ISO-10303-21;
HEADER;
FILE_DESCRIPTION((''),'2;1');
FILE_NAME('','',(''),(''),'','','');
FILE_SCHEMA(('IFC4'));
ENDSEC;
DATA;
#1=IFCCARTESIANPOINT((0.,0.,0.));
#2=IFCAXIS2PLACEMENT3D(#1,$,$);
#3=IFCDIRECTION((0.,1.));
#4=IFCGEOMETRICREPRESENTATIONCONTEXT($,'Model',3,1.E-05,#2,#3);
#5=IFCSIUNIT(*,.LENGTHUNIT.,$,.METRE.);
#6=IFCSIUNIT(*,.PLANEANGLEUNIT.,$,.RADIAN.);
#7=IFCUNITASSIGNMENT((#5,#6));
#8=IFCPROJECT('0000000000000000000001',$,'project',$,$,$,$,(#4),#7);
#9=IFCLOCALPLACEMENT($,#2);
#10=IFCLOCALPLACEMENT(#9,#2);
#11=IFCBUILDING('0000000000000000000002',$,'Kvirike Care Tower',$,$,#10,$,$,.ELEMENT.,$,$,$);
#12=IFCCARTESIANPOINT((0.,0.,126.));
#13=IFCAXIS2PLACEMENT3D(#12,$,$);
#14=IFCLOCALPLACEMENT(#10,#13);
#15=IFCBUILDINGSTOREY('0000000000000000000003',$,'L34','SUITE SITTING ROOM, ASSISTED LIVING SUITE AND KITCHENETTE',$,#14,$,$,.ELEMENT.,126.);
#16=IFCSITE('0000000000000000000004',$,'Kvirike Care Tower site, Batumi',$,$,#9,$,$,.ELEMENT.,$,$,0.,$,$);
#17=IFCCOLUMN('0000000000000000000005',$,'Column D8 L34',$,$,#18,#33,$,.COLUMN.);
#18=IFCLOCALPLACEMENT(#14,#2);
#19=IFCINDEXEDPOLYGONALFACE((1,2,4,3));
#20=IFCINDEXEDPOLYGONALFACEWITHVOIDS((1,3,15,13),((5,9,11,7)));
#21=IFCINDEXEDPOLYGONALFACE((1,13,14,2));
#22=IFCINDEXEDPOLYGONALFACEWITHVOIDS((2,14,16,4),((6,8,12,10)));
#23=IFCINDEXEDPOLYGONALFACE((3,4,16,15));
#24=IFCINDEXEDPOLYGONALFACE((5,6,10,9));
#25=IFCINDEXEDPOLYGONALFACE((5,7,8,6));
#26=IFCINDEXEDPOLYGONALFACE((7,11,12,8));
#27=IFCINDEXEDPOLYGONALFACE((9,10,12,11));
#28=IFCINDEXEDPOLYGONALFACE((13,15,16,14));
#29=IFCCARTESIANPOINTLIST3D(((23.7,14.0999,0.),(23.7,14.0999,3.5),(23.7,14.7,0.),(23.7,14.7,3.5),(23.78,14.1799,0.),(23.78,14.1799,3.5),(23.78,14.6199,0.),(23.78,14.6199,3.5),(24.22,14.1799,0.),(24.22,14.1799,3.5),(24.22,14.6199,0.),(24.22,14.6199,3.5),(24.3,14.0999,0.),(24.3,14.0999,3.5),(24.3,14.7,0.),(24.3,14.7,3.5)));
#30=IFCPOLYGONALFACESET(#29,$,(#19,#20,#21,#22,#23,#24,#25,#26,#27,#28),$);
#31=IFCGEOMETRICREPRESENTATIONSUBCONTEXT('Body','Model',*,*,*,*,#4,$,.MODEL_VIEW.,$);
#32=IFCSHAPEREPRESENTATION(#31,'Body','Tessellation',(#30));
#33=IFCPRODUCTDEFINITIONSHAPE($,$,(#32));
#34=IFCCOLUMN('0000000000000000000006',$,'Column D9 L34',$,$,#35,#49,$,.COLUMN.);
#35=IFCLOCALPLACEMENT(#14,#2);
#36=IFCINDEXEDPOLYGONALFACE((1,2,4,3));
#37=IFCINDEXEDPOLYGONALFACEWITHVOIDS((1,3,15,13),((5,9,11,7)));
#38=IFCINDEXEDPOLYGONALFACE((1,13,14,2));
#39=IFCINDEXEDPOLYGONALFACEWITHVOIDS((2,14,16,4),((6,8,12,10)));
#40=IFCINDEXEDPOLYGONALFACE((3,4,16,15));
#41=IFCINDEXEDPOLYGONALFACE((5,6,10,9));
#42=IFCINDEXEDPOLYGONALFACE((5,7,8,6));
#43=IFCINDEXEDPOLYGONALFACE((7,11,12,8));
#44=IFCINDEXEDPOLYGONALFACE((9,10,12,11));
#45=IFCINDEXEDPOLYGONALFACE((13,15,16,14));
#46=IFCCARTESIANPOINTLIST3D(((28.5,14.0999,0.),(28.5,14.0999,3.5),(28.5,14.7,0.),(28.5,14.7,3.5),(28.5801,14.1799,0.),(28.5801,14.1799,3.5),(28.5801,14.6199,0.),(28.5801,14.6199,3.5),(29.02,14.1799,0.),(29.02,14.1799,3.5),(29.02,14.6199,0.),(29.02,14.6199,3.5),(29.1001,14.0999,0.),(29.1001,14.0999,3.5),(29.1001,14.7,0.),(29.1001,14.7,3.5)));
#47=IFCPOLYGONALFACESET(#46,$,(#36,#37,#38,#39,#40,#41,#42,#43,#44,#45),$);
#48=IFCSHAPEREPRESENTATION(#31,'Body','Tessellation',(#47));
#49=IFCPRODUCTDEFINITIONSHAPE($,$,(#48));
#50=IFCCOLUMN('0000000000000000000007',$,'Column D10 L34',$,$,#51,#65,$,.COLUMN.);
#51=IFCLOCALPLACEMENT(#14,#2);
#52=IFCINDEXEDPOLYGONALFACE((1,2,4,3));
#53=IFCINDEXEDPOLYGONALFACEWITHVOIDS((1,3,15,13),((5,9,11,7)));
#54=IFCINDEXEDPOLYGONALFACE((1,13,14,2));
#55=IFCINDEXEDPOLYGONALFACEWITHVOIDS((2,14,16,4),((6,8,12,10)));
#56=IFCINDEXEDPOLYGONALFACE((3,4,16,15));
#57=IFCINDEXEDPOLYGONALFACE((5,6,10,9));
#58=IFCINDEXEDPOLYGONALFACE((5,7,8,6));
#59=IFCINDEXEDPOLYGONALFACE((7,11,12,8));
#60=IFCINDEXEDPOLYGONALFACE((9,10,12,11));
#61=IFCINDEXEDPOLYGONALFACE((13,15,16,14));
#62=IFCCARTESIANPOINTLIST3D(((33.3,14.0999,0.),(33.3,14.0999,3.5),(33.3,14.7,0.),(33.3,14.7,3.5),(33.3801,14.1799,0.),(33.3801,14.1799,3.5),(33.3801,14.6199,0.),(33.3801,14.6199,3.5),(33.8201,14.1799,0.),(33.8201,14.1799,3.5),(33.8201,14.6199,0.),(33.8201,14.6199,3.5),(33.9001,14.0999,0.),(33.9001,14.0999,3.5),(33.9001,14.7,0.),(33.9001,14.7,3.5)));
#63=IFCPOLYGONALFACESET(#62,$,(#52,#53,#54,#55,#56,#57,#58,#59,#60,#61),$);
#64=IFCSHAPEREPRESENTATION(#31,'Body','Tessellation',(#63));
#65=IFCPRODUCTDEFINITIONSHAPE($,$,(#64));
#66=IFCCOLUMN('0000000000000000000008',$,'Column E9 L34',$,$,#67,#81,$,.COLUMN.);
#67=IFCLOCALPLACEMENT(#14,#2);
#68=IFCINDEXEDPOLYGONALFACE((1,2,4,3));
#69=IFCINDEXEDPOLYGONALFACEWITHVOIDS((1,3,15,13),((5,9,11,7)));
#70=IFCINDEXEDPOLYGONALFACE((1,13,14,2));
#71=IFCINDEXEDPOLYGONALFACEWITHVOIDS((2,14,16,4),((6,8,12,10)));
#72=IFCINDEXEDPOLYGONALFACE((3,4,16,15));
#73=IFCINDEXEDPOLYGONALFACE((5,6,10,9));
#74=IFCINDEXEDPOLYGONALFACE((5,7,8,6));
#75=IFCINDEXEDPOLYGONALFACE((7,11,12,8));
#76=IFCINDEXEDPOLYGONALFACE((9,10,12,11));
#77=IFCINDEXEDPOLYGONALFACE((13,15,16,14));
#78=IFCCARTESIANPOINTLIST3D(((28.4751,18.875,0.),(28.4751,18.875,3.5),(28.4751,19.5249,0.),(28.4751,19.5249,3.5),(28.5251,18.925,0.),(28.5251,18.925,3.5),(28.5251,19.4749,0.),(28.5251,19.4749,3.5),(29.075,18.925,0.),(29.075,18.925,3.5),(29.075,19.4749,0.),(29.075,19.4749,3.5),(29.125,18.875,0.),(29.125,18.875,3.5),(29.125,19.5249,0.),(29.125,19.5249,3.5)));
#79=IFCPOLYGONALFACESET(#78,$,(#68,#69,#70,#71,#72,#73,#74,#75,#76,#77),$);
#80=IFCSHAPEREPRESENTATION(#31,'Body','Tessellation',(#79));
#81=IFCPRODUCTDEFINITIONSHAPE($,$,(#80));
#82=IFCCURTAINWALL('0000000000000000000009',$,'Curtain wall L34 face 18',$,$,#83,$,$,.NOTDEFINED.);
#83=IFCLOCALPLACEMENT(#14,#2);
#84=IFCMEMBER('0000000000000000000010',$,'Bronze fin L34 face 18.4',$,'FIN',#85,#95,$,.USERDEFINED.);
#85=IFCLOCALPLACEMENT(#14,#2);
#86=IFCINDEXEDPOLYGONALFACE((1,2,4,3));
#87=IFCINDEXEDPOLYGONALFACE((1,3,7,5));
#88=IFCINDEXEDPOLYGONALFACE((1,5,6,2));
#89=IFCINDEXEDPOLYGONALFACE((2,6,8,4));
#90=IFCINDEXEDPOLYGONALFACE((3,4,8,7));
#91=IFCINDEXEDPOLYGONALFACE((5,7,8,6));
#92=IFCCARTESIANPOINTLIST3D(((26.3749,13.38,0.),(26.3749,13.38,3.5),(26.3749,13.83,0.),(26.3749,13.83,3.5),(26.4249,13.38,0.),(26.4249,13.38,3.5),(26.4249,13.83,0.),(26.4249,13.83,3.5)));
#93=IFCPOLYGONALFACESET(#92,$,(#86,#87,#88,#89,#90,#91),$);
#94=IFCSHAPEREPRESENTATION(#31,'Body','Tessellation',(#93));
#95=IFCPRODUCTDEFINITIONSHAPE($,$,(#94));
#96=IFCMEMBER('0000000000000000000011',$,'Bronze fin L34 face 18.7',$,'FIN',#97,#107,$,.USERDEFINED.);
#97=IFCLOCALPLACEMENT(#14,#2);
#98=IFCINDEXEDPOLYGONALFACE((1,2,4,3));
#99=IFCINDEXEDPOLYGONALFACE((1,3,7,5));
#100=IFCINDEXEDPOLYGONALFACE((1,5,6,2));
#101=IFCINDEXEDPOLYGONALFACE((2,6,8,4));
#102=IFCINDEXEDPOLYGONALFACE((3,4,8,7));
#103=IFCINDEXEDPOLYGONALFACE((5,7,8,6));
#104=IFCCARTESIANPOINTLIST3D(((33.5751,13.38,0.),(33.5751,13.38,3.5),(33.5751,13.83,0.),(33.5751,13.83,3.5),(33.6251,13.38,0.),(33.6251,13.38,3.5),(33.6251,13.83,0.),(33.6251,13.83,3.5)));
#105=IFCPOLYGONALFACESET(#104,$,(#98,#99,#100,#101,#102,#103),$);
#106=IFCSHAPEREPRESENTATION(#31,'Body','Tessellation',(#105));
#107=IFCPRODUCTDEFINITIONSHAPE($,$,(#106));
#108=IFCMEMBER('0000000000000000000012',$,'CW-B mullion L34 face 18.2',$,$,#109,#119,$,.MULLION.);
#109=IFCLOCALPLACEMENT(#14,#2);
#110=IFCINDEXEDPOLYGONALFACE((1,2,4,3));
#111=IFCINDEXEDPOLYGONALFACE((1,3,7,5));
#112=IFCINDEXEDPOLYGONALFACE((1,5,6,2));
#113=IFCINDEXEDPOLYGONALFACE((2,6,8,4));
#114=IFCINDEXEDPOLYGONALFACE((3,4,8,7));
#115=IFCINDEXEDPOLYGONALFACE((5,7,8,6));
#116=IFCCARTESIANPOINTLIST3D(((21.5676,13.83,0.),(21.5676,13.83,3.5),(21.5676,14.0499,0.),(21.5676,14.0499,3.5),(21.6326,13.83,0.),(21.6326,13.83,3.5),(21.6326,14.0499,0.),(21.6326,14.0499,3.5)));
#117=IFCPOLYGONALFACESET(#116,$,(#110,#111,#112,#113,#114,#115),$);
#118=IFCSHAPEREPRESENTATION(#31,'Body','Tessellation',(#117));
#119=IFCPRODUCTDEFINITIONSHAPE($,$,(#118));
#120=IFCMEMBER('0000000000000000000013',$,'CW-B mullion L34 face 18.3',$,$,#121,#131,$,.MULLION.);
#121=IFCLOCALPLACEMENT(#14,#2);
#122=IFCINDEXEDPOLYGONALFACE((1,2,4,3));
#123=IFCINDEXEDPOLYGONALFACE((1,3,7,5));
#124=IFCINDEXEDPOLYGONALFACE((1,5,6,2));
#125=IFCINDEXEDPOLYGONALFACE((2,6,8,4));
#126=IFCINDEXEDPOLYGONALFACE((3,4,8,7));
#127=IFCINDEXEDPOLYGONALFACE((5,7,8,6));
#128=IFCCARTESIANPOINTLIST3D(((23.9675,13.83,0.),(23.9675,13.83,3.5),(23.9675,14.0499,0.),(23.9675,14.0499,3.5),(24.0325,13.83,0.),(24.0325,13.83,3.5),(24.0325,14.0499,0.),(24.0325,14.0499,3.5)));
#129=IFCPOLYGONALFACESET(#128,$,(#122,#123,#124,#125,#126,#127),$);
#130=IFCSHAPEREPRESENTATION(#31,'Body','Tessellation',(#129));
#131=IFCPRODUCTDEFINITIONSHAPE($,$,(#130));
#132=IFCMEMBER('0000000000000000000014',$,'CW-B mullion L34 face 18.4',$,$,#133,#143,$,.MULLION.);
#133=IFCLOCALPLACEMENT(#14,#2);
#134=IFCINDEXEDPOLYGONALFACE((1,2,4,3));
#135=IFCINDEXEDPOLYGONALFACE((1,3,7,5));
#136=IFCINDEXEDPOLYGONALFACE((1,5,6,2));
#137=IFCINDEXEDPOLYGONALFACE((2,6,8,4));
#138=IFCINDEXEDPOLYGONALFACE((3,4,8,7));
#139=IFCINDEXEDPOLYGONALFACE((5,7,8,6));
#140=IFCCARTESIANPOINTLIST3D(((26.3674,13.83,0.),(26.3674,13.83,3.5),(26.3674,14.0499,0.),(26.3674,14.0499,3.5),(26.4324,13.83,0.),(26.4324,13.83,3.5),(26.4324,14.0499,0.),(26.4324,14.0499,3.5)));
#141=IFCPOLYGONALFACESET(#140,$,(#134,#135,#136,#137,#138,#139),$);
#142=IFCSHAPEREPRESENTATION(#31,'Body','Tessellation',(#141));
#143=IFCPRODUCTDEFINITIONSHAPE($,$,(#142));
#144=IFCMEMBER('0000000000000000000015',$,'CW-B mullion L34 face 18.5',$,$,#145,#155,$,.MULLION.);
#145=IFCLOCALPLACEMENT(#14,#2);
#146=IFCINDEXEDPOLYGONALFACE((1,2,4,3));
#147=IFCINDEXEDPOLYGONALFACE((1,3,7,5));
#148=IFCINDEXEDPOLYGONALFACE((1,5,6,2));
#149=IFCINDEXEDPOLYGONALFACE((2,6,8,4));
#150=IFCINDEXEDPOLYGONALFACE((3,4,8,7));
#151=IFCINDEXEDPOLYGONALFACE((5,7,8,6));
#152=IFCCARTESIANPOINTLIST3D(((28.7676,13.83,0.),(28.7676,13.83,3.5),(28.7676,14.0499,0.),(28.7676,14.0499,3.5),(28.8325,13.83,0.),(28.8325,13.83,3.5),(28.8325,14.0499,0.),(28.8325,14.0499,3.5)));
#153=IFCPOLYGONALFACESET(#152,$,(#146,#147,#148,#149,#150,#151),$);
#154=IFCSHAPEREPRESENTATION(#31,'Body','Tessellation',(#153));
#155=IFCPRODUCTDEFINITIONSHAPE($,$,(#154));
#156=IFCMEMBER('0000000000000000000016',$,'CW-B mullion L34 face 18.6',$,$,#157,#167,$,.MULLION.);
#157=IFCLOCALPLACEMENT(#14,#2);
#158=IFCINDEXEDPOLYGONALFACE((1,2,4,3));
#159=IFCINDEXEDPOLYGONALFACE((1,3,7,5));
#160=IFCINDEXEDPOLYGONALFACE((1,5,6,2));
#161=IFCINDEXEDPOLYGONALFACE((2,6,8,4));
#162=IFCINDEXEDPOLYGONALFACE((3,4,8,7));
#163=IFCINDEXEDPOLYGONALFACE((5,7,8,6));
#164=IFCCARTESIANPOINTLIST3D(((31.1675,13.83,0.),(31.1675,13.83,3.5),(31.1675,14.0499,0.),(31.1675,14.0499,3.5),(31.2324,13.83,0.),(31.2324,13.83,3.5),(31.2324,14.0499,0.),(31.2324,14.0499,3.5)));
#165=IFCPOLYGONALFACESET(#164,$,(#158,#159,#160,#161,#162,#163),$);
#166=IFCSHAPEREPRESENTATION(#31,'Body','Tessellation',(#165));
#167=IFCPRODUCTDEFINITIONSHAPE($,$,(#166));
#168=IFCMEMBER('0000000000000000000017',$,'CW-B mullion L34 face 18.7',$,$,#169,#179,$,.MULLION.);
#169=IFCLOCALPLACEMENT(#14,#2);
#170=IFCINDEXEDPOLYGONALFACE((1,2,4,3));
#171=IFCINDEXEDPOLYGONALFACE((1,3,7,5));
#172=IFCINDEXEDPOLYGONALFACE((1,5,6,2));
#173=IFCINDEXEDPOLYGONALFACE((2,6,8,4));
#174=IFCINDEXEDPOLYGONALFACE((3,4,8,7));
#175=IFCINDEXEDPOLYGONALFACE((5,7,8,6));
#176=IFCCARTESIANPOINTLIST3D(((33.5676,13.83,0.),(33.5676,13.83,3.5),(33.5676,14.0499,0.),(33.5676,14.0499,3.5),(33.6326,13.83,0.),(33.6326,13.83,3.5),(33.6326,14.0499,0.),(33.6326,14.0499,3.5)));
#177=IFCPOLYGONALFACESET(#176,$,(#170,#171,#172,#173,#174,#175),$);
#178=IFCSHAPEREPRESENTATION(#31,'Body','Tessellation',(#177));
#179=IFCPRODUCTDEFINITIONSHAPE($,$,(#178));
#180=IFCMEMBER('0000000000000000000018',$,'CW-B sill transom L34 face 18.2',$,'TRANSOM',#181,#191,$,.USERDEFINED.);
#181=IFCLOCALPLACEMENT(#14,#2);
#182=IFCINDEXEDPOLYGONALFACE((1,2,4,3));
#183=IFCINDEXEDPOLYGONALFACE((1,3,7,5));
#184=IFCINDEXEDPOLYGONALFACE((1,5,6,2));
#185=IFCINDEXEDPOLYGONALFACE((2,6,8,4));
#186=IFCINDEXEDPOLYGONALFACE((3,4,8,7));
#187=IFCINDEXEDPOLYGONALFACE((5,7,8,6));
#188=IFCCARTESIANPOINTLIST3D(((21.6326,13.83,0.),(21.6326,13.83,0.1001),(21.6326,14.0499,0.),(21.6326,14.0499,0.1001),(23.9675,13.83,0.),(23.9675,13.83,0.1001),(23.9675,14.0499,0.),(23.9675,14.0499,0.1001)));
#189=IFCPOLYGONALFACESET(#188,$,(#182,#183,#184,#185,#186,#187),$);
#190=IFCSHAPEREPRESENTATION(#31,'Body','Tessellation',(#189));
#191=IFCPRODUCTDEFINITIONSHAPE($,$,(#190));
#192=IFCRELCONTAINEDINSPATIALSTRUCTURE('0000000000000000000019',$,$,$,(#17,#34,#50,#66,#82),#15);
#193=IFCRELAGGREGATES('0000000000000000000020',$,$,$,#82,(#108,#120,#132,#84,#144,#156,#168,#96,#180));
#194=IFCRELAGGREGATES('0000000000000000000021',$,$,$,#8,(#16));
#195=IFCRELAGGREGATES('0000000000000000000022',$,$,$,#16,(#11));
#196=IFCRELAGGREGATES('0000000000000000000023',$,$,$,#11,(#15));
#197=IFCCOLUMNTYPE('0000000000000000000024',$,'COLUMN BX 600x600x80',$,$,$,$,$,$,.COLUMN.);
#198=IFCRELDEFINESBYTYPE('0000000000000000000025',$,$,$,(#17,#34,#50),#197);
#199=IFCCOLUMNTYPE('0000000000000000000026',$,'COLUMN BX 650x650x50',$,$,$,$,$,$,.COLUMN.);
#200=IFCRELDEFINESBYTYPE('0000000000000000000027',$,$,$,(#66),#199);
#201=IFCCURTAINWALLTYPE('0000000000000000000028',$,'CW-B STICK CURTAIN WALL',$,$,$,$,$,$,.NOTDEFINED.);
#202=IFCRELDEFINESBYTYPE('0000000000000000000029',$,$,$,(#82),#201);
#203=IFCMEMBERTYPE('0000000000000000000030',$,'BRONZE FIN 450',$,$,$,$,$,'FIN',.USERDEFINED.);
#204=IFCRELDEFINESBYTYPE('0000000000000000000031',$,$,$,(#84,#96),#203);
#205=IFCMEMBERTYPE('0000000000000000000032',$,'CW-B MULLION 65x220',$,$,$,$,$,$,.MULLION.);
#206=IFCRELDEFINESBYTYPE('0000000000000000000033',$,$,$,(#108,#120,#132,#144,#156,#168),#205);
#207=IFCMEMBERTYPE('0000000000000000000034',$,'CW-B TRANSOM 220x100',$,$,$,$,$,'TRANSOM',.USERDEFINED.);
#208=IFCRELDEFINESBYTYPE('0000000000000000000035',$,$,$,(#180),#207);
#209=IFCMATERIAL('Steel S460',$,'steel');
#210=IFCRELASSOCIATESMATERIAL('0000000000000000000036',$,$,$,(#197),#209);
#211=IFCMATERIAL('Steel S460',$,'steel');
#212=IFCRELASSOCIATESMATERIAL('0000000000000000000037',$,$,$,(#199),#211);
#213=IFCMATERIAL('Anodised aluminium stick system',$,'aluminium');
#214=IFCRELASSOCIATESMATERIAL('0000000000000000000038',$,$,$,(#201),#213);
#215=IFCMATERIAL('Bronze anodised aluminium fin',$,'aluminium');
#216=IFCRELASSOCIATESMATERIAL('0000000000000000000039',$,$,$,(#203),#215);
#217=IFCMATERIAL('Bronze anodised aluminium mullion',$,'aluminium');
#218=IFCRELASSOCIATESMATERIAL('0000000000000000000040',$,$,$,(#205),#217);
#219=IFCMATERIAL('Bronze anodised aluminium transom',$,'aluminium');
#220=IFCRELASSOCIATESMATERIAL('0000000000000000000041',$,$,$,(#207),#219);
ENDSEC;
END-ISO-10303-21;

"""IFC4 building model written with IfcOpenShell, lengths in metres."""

from ifc_helpers import new_model, si_unit, direction, frame, origin, origin_2d, place, context, subcontext, project, spatial, rectangle, hollow_rectangle, extrude, material, material_profile, profile_set, type_object, element, aggregate, save


model = new_model("IFC4")

# Units and contexts
model_context = context("Model", 3, precision=1e-05, world=origin(), true_north=direction((0.0, 1.0)))
body_context = subcontext(model_context, "Body", "Model", "MODEL_VIEW")
ifc_project = project(units=[si_unit("LENGTHUNIT", "METRE"), si_unit("PLANEANGLEUNIT", "RADIAN")], contexts=[model_context])

# Site, building, storey
site_placement = place(None, origin())
site = spatial("IfcSite", under=ifc_project, at=site_placement, Name="Kvirike Care Tower site, Batumi", CompositionType="ELEMENT", RefElevation=0.0)
building_placement = place(site_placement, origin())
building = spatial("IfcBuilding", under=site, at=building_placement, Name="Kvirike Care Tower", CompositionType="ELEMENT")
storey_placement = place(building_placement, frame((0.0, 0.0, 126.0)))
storey = spatial("IfcBuildingStorey", under=building, at=storey_placement, Name="L34", Description="SUITE SITTING ROOM, ASSISTED LIVING SUITE AND KITCHENETTE", CompositionType="ELEMENT", Elevation=126.0)

# Columns
ifc_material_1 = material(Name="Steel S460", Category="steel")
ifc_material_profile_1 = material_profile(ifc_material_1, hollow_rectangle(XDim=0.6001, YDim=0.6001, WallThickness=0.0801, at=origin_2d()), Name="BX 600x600x80")
ifc_profile_set_1 = profile_set([ifc_material_profile_1], Name="Steel S460")
column_type_1 = type_object("IfcColumnType", Name="COLUMN BX 600x600x80", PredefinedType="COLUMN", material=ifc_profile_set_1)
for number, where, z_axis, x_axis, name in (
    (1, (24.0, 14.3999, 0.0), (0.0, 0.0, 1.0), (0.0, 1.0, 0.0), "Column D8 L34"),
    (2, (28.8, 14.3999, 0.0), (0.0, 0.0, 1.0), (0.0, 1.0, 0.0), "Column D9 L34"),
    (3, (33.6001, 14.3999, 0.0), (0.0, 0.0, 1.0), (0.0, 1.0, 0.0), "Column D10 L34"),
):
    element("IfcColumn", number, at=place(storey_placement, frame(where, z_axis=z_axis, x_axis=x_axis)), inside=storey, type_object=column_type_1, Name=name, PredefinedType="COLUMN", context=body_context, shape_type="SweptSolid", body=[
        extrude(hollow_rectangle(XDim=0.6001, YDim=0.6001, WallThickness=0.0801, at=origin_2d()), origin(), (0.0, 0.0, 1.0), 3.5),
    ])
ifc_material_2 = material(Name="Steel S460", Category="steel")
ifc_material_profile_2 = material_profile(ifc_material_2, hollow_rectangle(XDim=0.6499, YDim=0.6499, WallThickness=0.05, at=origin_2d()), Name="BX 650x650x50")
ifc_profile_set_2 = profile_set([ifc_material_profile_2], Name="Steel S460")
column_type_2 = type_object("IfcColumnType", Name="COLUMN BX 650x650x50", PredefinedType="COLUMN", material=ifc_profile_set_2)
column_placement = place(storey_placement, frame((28.8, 19.2, 0.0), z_axis=(0.0, 0.0, 1.0), x_axis=(1.0, 0.0, 0.0)))
element("IfcColumn", 4, at=column_placement, inside=storey, type_object=column_type_2, Name="Column E9 L34", PredefinedType="COLUMN", context=body_context, shape_type="SweptSolid", body=[
    extrude(hollow_rectangle(XDim=0.6499, YDim=0.6499, WallThickness=0.05, at=origin_2d()), origin(), (0.0, 0.0, 1.0), 3.5),
])

# Curtain wall, members
ifc_material_3 = material(Name="Anodised aluminium stick system", Category="aluminium")
curtain_wall_type = type_object("IfcCurtainWallType", Name="CW-B STICK CURTAIN WALL", PredefinedType="NOTDEFINED", material=ifc_material_3)
curtain_wall_placement = place(storey_placement, origin())
curtain_wall = element("IfcCurtainWall", 5, at=curtain_wall_placement, inside=storey, type_object=curtain_wall_type, Name="Curtain wall L34 face 18", PredefinedType="NOTDEFINED")
ifc_material_4 = material(Name="Bronze anodised aluminium fin", Category="aluminium")
ifc_material_profile_3 = material_profile(ifc_material_4, rectangle(XDim=0.05, YDim=0.45, at=origin_2d()), Name="BRONZE FIN 450")
ifc_profile_set_3 = profile_set([ifc_material_profile_3], Name="Bronze anodised aluminium fin")
member_type_1 = type_object("IfcMemberType", Name="BRONZE FIN 450", ElementType="FIN", PredefinedType="USERDEFINED", material=ifc_profile_set_3)
member_1_placement = place(storey_placement, frame((26.3999, 13.605, 0.0), z_axis=(0.0, 0.0, 1.0), x_axis=(1.0, 0.0, 0.0)))
member_1 = element("IfcMember", 6, at=member_1_placement, type_object=member_type_1, Name="Bronze fin L34 face 18.4", ObjectType="FIN", PredefinedType="USERDEFINED", context=body_context, shape_type="SweptSolid", body=[
    extrude(rectangle(XDim=0.05, YDim=0.45, at=origin_2d()), origin(), (0.0, 0.0, 1.0), 3.5),
])
member_2_placement = place(storey_placement, frame((33.6001, 13.605, 0.0), z_axis=(0.0, 0.0, 1.0), x_axis=(1.0, 0.0, 0.0)))
member_2 = element("IfcMember", 7, at=member_2_placement, type_object=member_type_1, Name="Bronze fin L34 face 18.7", ObjectType="FIN", PredefinedType="USERDEFINED", context=body_context, shape_type="SweptSolid", body=[
    extrude(rectangle(XDim=0.05, YDim=0.45, at=origin_2d()), origin(), (0.0, 0.0, 1.0), 3.5),
])
ifc_material_5 = material(Name="Bronze anodised aluminium mullion", Category="aluminium")
ifc_material_profile_4 = material_profile(ifc_material_5, rectangle(XDim=0.0649, YDim=0.22, at=origin_2d()), Name="CW-B MULLION 65x220")
ifc_profile_set_4 = profile_set([ifc_material_profile_4], Name="Bronze anodised aluminium mullion")
member_type_2 = type_object("IfcMemberType", Name="CW-B MULLION 65x220", PredefinedType="MULLION", material=ifc_profile_set_4)
member_3_placement = place(storey_placement, frame((21.6001, 13.9399, 0.0), z_axis=(0.0, 0.0, 1.0), x_axis=(1.0, 0.0, 0.0)))
member_3 = element("IfcMember", 8, at=member_3_placement, type_object=member_type_2, Name="CW-B mullion L34 face 18.2", PredefinedType="MULLION", context=body_context, shape_type="SweptSolid", body=[
    extrude(rectangle(XDim=0.0649, YDim=0.22, at=origin_2d()), origin(), (0.0, 0.0, 1.0), 3.5),
])
member_4_placement = place(storey_placement, frame((24.0, 13.9399, 0.0), z_axis=(0.0, 0.0, 1.0), x_axis=(1.0, 0.0, 0.0)))
member_4 = element("IfcMember", 9, at=member_4_placement, type_object=member_type_2, Name="CW-B mullion L34 face 18.3", PredefinedType="MULLION", context=body_context, shape_type="SweptSolid", body=[
    extrude(rectangle(XDim=0.0649, YDim=0.22, at=origin_2d()), origin(), (0.0, 0.0, 1.0), 3.5),
])
member_5_placement = place(storey_placement, frame((26.3999, 13.9399, 0.0), z_axis=(0.0, 0.0, 1.0), x_axis=(1.0, 0.0, 0.0)))
member_5 = element("IfcMember", 10, at=member_5_placement, type_object=member_type_2, Name="CW-B mullion L34 face 18.4", PredefinedType="MULLION", context=body_context, shape_type="SweptSolid", body=[
    extrude(rectangle(XDim=0.0649, YDim=0.22, at=origin_2d()), origin(), (0.0, 0.0, 1.0), 3.5),
])
member_6_placement = place(storey_placement, frame((28.8, 13.9399, 0.0), z_axis=(0.0, 0.0, 1.0), x_axis=(1.0, 0.0, 0.0)))
member_6 = element("IfcMember", 11, at=member_6_placement, type_object=member_type_2, Name="CW-B mullion L34 face 18.5", PredefinedType="MULLION", context=body_context, shape_type="SweptSolid", body=[
    extrude(rectangle(XDim=0.0649, YDim=0.22, at=origin_2d()), origin(), (0.0, 0.0, 1.0), 3.5),
])
member_7_placement = place(storey_placement, frame((31.2, 13.9399, 0.0), z_axis=(0.0, 0.0, 1.0), x_axis=(1.0, 0.0, 0.0)))
member_7 = element("IfcMember", 12, at=member_7_placement, type_object=member_type_2, Name="CW-B mullion L34 face 18.6", PredefinedType="MULLION", context=body_context, shape_type="SweptSolid", body=[
    extrude(rectangle(XDim=0.0649, YDim=0.22, at=origin_2d()), origin(), (0.0, 0.0, 1.0), 3.5),
])
member_8_placement = place(storey_placement, frame((33.6001, 13.9399, 0.0), z_axis=(0.0, 0.0, 1.0), x_axis=(1.0, 0.0, 0.0)))
member_8 = element("IfcMember", 13, at=member_8_placement, type_object=member_type_2, Name="CW-B mullion L34 face 18.7", PredefinedType="MULLION", context=body_context, shape_type="SweptSolid", body=[
    extrude(rectangle(XDim=0.0649, YDim=0.22, at=origin_2d()), origin(), (0.0, 0.0, 1.0), 3.5),
])
ifc_material_6 = material(Name="Bronze anodised aluminium transom", Category="aluminium")
ifc_material_profile_5 = material_profile(ifc_material_6, rectangle(XDim=0.22, YDim=0.1001, at=origin_2d()), Name="CW-B TRANSOM 220x100")
ifc_profile_set_5 = profile_set([ifc_material_profile_5], Name="Bronze anodised aluminium transom")
member_type_3 = type_object("IfcMemberType", Name="CW-B TRANSOM 220x100", ElementType="TRANSOM", PredefinedType="USERDEFINED", material=ifc_profile_set_5)
member_9_placement = place(storey_placement, frame((21.6326, 13.9399, 0.05), z_axis=(1.0, 0.0, 0.0), x_axis=(0.0, 1.0, 0.0)))
member_9 = element("IfcMember", 14, at=member_9_placement, type_object=member_type_3, Name="CW-B sill transom L34 face 18.2", ObjectType="TRANSOM", PredefinedType="USERDEFINED", context=body_context, shape_type="SweptSolid", body=[
    extrude(rectangle(XDim=0.22, YDim=0.1001, at=origin_2d()), origin(), (0.0, 0.0, 1.0), 2.335),
])

aggregate(curtain_wall, [member_3, member_4, member_5, member_1, member_6, member_7, member_8, member_2, member_9])

save(model, "model.ifc")
